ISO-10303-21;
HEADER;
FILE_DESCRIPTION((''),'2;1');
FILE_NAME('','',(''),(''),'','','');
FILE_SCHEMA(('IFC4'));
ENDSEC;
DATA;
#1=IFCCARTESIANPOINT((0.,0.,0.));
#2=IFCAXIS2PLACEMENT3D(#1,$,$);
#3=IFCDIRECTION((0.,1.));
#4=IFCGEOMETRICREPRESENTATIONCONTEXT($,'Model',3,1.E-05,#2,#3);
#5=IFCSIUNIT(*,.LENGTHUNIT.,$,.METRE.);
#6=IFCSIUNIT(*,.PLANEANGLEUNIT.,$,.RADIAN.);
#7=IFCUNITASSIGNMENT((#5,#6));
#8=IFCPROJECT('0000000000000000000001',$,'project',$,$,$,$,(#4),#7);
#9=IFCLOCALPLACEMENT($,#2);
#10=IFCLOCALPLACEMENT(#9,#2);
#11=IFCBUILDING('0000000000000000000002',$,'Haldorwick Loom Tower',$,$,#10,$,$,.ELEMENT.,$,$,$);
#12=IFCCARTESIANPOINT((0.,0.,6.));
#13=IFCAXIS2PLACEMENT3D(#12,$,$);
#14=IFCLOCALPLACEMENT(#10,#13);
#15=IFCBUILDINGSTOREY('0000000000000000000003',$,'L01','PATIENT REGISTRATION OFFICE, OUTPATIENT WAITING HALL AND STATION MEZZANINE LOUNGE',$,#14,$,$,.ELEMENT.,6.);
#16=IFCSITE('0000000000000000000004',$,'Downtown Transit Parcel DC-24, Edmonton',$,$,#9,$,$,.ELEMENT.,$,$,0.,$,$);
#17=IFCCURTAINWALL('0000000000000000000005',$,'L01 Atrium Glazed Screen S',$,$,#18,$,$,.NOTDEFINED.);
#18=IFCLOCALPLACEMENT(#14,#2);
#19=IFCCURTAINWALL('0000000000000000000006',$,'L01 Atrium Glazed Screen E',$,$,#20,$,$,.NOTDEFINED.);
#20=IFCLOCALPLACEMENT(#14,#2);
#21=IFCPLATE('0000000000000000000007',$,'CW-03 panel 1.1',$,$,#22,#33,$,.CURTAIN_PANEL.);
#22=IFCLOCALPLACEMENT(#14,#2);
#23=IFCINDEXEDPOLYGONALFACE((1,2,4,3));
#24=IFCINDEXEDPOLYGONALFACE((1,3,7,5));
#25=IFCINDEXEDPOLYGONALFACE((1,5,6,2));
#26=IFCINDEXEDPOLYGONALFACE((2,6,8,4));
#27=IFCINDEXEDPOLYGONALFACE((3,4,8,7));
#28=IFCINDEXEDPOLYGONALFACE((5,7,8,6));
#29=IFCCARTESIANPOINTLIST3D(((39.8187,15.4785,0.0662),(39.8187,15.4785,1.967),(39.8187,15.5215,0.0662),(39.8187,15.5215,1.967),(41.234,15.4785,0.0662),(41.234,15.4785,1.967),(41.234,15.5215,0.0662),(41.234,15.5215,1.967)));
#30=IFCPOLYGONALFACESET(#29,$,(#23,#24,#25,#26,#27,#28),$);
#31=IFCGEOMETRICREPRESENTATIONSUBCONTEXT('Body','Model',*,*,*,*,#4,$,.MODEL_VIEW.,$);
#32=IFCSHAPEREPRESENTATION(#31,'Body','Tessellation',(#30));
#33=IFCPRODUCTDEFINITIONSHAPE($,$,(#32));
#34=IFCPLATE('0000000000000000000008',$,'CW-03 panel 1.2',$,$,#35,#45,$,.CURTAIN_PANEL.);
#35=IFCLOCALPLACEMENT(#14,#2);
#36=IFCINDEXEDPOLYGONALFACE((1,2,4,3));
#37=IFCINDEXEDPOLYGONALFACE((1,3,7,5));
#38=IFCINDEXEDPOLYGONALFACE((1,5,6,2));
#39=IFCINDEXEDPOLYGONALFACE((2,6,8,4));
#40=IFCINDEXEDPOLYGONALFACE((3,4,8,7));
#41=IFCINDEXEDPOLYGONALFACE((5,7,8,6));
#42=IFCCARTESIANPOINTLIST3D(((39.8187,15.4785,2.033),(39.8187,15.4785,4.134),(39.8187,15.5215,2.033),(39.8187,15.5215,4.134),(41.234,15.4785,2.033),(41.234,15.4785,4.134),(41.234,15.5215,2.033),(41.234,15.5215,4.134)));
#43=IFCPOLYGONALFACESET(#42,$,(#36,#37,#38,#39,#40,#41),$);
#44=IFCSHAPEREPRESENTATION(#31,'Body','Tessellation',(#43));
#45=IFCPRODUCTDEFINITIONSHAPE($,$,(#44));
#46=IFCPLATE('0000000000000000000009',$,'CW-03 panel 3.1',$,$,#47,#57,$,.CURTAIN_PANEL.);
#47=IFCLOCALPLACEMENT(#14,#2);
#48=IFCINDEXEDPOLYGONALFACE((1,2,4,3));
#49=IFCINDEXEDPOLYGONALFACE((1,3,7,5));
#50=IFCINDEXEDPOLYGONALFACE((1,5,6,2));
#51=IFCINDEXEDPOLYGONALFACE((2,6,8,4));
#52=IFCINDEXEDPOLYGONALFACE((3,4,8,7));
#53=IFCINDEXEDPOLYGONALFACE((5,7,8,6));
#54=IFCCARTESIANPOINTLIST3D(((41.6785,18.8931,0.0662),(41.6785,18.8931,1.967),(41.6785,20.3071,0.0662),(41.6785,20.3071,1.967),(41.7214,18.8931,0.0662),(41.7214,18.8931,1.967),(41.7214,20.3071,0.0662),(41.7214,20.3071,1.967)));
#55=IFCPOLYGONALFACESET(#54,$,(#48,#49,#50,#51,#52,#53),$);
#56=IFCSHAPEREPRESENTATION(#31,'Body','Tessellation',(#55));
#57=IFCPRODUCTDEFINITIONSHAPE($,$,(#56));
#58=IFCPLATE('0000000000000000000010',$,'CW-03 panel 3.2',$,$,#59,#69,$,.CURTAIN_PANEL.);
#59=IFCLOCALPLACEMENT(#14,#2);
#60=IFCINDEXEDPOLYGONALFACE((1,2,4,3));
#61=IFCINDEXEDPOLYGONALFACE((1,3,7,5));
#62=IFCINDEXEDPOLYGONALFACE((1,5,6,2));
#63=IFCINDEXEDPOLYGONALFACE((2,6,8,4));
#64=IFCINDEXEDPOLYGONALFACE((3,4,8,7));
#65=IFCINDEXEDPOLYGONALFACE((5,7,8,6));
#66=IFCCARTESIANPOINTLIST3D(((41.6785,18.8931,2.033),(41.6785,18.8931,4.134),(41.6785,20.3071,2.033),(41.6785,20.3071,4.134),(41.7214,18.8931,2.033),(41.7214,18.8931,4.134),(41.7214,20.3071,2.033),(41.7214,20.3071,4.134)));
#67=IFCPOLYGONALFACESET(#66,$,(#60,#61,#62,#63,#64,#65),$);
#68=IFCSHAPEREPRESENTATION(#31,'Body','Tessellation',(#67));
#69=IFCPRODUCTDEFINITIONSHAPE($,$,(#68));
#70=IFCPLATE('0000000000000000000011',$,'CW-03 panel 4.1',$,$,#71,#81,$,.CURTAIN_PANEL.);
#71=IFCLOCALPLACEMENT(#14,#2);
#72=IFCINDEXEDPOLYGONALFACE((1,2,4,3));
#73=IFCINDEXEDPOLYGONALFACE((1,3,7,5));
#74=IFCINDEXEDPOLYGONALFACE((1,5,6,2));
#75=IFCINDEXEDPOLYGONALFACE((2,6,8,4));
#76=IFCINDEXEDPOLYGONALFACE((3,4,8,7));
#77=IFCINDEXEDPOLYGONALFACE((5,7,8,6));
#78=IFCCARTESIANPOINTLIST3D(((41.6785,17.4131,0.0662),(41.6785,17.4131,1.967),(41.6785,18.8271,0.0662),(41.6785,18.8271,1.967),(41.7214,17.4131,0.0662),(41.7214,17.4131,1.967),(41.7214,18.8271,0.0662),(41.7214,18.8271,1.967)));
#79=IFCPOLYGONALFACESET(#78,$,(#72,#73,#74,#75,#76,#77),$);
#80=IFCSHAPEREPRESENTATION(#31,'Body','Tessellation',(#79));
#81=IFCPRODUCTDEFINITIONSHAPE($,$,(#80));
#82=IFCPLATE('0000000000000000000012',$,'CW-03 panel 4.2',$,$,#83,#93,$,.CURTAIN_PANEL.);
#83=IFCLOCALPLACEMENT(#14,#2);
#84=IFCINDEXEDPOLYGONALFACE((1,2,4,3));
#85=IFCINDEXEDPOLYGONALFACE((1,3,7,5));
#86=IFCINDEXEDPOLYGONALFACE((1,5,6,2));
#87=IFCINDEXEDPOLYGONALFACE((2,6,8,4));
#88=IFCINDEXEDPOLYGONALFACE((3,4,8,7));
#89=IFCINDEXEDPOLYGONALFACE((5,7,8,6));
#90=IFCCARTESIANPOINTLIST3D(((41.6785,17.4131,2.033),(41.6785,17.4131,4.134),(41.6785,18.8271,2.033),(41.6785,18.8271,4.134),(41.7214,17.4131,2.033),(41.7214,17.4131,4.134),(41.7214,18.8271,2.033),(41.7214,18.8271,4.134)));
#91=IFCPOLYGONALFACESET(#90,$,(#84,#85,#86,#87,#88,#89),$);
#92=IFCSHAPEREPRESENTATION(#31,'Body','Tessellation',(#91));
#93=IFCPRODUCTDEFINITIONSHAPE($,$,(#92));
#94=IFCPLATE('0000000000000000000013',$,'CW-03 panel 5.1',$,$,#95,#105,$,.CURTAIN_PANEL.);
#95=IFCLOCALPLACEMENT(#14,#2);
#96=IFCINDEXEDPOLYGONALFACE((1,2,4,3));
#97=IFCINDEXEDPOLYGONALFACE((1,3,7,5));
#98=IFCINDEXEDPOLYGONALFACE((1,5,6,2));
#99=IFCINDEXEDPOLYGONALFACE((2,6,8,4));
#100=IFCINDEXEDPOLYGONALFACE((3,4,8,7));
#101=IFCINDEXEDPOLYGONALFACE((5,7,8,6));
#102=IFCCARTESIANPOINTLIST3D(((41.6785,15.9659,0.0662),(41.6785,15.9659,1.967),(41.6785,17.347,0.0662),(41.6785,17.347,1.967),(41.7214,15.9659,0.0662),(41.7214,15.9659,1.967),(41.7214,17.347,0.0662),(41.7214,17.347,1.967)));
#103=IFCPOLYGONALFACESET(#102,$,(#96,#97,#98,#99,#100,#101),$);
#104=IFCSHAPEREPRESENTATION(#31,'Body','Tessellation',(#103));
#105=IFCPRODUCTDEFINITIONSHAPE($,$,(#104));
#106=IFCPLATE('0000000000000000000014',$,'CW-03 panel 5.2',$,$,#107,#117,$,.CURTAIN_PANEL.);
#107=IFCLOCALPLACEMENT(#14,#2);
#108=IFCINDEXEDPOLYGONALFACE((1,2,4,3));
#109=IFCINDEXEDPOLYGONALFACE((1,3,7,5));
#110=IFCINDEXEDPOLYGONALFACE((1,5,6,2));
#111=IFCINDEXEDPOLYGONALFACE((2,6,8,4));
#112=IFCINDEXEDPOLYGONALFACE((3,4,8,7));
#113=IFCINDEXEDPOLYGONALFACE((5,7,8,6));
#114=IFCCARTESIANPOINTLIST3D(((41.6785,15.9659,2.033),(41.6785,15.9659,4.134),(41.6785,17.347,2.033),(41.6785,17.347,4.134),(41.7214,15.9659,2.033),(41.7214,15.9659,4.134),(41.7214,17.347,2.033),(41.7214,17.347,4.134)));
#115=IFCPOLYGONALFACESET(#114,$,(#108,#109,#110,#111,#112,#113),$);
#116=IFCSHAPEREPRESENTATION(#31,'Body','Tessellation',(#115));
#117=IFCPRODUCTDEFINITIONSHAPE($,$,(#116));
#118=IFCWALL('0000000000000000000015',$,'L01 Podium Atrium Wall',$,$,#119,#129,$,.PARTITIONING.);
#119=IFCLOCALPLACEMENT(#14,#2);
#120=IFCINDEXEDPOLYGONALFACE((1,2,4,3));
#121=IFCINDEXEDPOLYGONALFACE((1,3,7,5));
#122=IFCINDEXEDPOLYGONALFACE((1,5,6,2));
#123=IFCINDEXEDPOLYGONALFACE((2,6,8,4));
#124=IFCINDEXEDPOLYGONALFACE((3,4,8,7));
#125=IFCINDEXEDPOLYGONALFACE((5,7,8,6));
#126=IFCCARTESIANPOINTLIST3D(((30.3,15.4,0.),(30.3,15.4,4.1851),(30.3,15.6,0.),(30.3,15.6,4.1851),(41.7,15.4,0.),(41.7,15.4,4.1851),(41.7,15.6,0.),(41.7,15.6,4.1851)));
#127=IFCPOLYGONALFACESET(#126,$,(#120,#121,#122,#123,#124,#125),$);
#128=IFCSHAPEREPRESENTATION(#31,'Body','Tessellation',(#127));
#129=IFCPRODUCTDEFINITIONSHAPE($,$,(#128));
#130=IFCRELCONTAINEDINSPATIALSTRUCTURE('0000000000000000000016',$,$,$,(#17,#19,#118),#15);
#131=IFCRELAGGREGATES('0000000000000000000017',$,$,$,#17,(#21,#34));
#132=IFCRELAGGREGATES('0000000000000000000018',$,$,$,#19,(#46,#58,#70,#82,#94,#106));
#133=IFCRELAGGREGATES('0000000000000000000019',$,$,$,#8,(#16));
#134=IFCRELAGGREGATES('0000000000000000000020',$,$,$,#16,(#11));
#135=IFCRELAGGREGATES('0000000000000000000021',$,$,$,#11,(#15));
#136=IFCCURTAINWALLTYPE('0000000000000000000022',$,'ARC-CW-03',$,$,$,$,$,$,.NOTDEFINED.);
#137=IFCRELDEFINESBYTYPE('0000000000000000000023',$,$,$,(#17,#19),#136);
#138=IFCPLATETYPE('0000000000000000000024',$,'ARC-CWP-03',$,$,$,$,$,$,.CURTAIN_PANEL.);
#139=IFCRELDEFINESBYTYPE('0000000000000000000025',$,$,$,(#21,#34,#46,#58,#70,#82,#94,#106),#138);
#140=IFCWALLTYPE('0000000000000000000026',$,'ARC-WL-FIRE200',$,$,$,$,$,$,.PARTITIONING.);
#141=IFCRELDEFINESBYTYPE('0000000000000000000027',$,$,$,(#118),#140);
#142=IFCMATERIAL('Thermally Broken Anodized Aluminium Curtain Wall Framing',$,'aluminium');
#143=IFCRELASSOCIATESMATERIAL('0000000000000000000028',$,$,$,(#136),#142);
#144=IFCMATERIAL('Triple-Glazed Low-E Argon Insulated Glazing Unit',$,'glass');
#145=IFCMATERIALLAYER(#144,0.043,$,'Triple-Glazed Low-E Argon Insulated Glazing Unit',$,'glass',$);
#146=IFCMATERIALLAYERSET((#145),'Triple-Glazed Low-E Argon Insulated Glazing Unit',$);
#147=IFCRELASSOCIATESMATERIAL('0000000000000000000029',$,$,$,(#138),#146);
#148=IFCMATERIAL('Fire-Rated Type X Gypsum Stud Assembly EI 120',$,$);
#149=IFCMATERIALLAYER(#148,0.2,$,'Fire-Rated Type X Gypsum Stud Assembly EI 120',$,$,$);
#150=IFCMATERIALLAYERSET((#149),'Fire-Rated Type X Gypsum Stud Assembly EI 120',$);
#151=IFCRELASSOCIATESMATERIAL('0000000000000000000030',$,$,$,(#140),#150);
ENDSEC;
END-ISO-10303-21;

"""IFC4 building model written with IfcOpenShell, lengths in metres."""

from ifc_helpers import new_model, si_unit, direction, frame, frame_2d, origin, origin_2d, place, context, subcontext, project, spatial, rectangle, extrude, material, layer, layer_set, type_object, element, aggregate, save


model = new_model("IFC4")

# Units and contexts
model_context = context("Model", 3, precision=1e-05, world=origin(), true_north=direction((0.0, 1.0)))
body_context = subcontext(model_context, "Body", "Model", "MODEL_VIEW")
ifc_project = project(units=[si_unit("LENGTHUNIT", "METRE"), si_unit("PLANEANGLEUNIT", "RADIAN")], contexts=[model_context])

# Site, building, storey
site_placement = place(None, origin())
site = spatial("IfcSite", under=ifc_project, at=site_placement, Name="Downtown Transit Parcel DC-24, Edmonton", CompositionType="ELEMENT", RefElevation=0.0)
building_placement = place(site_placement, origin())
building = spatial("IfcBuilding", under=site, at=building_placement, Name="Haldorwick Loom Tower", CompositionType="ELEMENT")
storey_placement = place(building_placement, frame((0.0, 0.0, 6.0)))
storey = spatial("IfcBuildingStorey", under=building, at=storey_placement, Name="L01", Description="PATIENT REGISTRATION OFFICE, OUTPATIENT WAITING HALL AND STATION MEZZANINE LOUNGE", CompositionType="ELEMENT", Elevation=6.0)

# Curtain wall
ifc_material_1 = material(Name="Thermally Broken Anodized Aluminium Curtain Wall Framing", Category="aluminium")
curtain_wall_type = type_object("IfcCurtainWallType", Name="ARC-CW-03", PredefinedType="NOTDEFINED", material=ifc_material_1)
curtain_wall_1_placement = place(storey_placement, origin())
curtain_wall_1 = element("IfcCurtainWall", 1, at=curtain_wall_1_placement, inside=storey, type_object=curtain_wall_type, Name="L01 Atrium Glazed Screen S", PredefinedType="NOTDEFINED")

# Curtain wall
curtain_wall_2_placement = place(storey_placement, origin())
curtain_wall_2 = element("IfcCurtainWall", 2, at=curtain_wall_2_placement, inside=storey, type_object=curtain_wall_type, Name="L01 Atrium Glazed Screen E", PredefinedType="NOTDEFINED")

# Plates
ifc_material_2 = material(Name="Triple-Glazed Low-E Argon Insulated Glazing Unit", Category="glass")
ifc_layer_1 = layer(ifc_material_2, 0.043, Name="Triple-Glazed Low-E Argon Insulated Glazing Unit", Category="glass")
ifc_layer_set_1 = layer_set([ifc_layer_1], Name="Triple-Glazed Low-E Argon Insulated Glazing Unit")
plate_type = type_object("IfcPlateType", Name="ARC-CWP-03", PredefinedType="CURTAIN_PANEL", material=ifc_layer_set_1)
plate_1_placement = place(storey_placement, frame((40.5264, 15.5, 0.0662), z_axis=(0.0, 0.0, 1.0), x_axis=(-1.0, 0.0, 0.0)))
plate_1 = element("IfcPlate", 3, at=plate_1_placement, type_object=plate_type, Name="CW-03 panel 1.1", PredefinedType="CURTAIN_PANEL", context=body_context, shape_type="SweptSolid", body=[
    extrude(rectangle(XDim=1.4153, YDim=0.043, at=origin_2d()), origin(), (0.0, 0.0, 1.0), 1.9009),
])
plate_2_placement = place(storey_placement, frame((40.5264, 15.5, 2.033), z_axis=(0.0, 0.0, 1.0), x_axis=(-1.0, 0.0, 0.0)))
plate_2 = element("IfcPlate", 4, at=plate_2_placement, type_object=plate_type, Name="CW-03 panel 1.2", PredefinedType="CURTAIN_PANEL", context=body_context, shape_type="SweptSolid", body=[
    extrude(rectangle(XDim=1.4153, YDim=0.043, at=origin_2d()), origin(), (0.0, 0.0, 1.0), 2.1011),
])
aggregate(curtain_wall_1, [plate_1, plate_2])
plate_3_placement = place(storey_placement, frame((41.7, 19.6001, 0.0662), z_axis=(0.0, 0.0, 1.0), x_axis=(0.0, -1.0, 0.0)))
plate_3 = element("IfcPlate", 5, at=plate_3_placement, type_object=plate_type, Name="CW-03 panel 3.1", PredefinedType="CURTAIN_PANEL", context=body_context, shape_type="SweptSolid", body=[
    extrude(rectangle(XDim=1.4141, YDim=0.043, at=origin_2d()), origin(), (0.0, 0.0, 1.0), 1.9009),
])
plate_4_placement = place(storey_placement, frame((41.7, 19.6001, 2.033), z_axis=(0.0, 0.0, 1.0), x_axis=(0.0, -1.0, 0.0)))
plate_4 = element("IfcPlate", 6, at=plate_4_placement, type_object=plate_type, Name="CW-03 panel 3.2", PredefinedType="CURTAIN_PANEL", context=body_context, shape_type="SweptSolid", body=[
    extrude(rectangle(XDim=1.4141, YDim=0.043, at=origin_2d()), origin(), (0.0, 0.0, 1.0), 2.1011),
])
plate_5_placement = place(storey_placement, frame((41.7, 18.1201, 0.0662), z_axis=(0.0, 0.0, 1.0), x_axis=(0.0, -1.0, 0.0)))
plate_5 = element("IfcPlate", 7, at=plate_5_placement, type_object=plate_type, Name="CW-03 panel 4.1", PredefinedType="CURTAIN_PANEL", context=body_context, shape_type="SweptSolid", body=[
    extrude(rectangle(XDim=1.4141, YDim=0.043, at=origin_2d()), origin(), (0.0, 0.0, 1.0), 1.9009),
])
plate_6_placement = place(storey_placement, frame((41.7, 18.1201, 2.033), z_axis=(0.0, 0.0, 1.0), x_axis=(0.0, -1.0, 0.0)))
plate_6 = element("IfcPlate", 8, at=plate_6_placement, type_object=plate_type, Name="CW-03 panel 4.2", PredefinedType="CURTAIN_PANEL", context=body_context, shape_type="SweptSolid", body=[
    extrude(rectangle(XDim=1.4141, YDim=0.043, at=origin_2d()), origin(), (0.0, 0.0, 1.0), 2.1011),
])
plate_7_placement = place(storey_placement, frame((41.7, 16.6565, 0.0662), z_axis=(0.0, 0.0, 1.0), x_axis=(0.0, -1.0, 0.0)))
plate_7 = element("IfcPlate", 9, at=plate_7_placement, type_object=plate_type, Name="CW-03 panel 5.1", PredefinedType="CURTAIN_PANEL", context=body_context, shape_type="SweptSolid", body=[
    extrude(rectangle(XDim=1.3811, YDim=0.043, at=origin_2d()), origin(), (0.0, 0.0, 1.0), 1.9009),
])
plate_8_placement = place(storey_placement, frame((41.7, 16.6565, 2.033), z_axis=(0.0, 0.0, 1.0), x_axis=(0.0, -1.0, 0.0)))
plate_8 = element("IfcPlate", 10, at=plate_8_placement, type_object=plate_type, Name="CW-03 panel 5.2", PredefinedType="CURTAIN_PANEL", context=body_context, shape_type="SweptSolid", body=[
    extrude(rectangle(XDim=1.3811, YDim=0.043, at=origin_2d()), origin(), (0.0, 0.0, 1.0), 2.1011),
])
aggregate(curtain_wall_2, [plate_3, plate_4, plate_5, plate_6, plate_7, plate_8])

# Wall
ifc_material_3 = material(Name="Fire-Rated Type X Gypsum Stud Assembly EI 120")
ifc_layer_2 = layer(ifc_material_3, 0.2, Name="Fire-Rated Type X Gypsum Stud Assembly EI 120")
ifc_layer_set_2 = layer_set([ifc_layer_2], Name="Fire-Rated Type X Gypsum Stud Assembly EI 120")
wall_type = type_object("IfcWallType", Name="ARC-WL-FIRE200", PredefinedType="PARTITIONING", material=ifc_layer_set_2)
wall_placement = place(storey_placement, frame((41.7, 15.5, 0.0), z_axis=(0.0, 0.0, 1.0), x_axis=(-1.0, 0.0, 0.0)))
element("IfcWall", 11, at=wall_placement, inside=storey, type_object=wall_type, Name="L01 Podium Atrium Wall", PredefinedType="PARTITIONING", context=body_context, shape_type="SweptSolid", body=[
    extrude(rectangle(XDim=11.3999, YDim=0.2, at=frame_2d((5.7, 0.0))), origin(), (0.0, 0.0, 1.0), 4.1851),
])

save(model, "model.ifc")
